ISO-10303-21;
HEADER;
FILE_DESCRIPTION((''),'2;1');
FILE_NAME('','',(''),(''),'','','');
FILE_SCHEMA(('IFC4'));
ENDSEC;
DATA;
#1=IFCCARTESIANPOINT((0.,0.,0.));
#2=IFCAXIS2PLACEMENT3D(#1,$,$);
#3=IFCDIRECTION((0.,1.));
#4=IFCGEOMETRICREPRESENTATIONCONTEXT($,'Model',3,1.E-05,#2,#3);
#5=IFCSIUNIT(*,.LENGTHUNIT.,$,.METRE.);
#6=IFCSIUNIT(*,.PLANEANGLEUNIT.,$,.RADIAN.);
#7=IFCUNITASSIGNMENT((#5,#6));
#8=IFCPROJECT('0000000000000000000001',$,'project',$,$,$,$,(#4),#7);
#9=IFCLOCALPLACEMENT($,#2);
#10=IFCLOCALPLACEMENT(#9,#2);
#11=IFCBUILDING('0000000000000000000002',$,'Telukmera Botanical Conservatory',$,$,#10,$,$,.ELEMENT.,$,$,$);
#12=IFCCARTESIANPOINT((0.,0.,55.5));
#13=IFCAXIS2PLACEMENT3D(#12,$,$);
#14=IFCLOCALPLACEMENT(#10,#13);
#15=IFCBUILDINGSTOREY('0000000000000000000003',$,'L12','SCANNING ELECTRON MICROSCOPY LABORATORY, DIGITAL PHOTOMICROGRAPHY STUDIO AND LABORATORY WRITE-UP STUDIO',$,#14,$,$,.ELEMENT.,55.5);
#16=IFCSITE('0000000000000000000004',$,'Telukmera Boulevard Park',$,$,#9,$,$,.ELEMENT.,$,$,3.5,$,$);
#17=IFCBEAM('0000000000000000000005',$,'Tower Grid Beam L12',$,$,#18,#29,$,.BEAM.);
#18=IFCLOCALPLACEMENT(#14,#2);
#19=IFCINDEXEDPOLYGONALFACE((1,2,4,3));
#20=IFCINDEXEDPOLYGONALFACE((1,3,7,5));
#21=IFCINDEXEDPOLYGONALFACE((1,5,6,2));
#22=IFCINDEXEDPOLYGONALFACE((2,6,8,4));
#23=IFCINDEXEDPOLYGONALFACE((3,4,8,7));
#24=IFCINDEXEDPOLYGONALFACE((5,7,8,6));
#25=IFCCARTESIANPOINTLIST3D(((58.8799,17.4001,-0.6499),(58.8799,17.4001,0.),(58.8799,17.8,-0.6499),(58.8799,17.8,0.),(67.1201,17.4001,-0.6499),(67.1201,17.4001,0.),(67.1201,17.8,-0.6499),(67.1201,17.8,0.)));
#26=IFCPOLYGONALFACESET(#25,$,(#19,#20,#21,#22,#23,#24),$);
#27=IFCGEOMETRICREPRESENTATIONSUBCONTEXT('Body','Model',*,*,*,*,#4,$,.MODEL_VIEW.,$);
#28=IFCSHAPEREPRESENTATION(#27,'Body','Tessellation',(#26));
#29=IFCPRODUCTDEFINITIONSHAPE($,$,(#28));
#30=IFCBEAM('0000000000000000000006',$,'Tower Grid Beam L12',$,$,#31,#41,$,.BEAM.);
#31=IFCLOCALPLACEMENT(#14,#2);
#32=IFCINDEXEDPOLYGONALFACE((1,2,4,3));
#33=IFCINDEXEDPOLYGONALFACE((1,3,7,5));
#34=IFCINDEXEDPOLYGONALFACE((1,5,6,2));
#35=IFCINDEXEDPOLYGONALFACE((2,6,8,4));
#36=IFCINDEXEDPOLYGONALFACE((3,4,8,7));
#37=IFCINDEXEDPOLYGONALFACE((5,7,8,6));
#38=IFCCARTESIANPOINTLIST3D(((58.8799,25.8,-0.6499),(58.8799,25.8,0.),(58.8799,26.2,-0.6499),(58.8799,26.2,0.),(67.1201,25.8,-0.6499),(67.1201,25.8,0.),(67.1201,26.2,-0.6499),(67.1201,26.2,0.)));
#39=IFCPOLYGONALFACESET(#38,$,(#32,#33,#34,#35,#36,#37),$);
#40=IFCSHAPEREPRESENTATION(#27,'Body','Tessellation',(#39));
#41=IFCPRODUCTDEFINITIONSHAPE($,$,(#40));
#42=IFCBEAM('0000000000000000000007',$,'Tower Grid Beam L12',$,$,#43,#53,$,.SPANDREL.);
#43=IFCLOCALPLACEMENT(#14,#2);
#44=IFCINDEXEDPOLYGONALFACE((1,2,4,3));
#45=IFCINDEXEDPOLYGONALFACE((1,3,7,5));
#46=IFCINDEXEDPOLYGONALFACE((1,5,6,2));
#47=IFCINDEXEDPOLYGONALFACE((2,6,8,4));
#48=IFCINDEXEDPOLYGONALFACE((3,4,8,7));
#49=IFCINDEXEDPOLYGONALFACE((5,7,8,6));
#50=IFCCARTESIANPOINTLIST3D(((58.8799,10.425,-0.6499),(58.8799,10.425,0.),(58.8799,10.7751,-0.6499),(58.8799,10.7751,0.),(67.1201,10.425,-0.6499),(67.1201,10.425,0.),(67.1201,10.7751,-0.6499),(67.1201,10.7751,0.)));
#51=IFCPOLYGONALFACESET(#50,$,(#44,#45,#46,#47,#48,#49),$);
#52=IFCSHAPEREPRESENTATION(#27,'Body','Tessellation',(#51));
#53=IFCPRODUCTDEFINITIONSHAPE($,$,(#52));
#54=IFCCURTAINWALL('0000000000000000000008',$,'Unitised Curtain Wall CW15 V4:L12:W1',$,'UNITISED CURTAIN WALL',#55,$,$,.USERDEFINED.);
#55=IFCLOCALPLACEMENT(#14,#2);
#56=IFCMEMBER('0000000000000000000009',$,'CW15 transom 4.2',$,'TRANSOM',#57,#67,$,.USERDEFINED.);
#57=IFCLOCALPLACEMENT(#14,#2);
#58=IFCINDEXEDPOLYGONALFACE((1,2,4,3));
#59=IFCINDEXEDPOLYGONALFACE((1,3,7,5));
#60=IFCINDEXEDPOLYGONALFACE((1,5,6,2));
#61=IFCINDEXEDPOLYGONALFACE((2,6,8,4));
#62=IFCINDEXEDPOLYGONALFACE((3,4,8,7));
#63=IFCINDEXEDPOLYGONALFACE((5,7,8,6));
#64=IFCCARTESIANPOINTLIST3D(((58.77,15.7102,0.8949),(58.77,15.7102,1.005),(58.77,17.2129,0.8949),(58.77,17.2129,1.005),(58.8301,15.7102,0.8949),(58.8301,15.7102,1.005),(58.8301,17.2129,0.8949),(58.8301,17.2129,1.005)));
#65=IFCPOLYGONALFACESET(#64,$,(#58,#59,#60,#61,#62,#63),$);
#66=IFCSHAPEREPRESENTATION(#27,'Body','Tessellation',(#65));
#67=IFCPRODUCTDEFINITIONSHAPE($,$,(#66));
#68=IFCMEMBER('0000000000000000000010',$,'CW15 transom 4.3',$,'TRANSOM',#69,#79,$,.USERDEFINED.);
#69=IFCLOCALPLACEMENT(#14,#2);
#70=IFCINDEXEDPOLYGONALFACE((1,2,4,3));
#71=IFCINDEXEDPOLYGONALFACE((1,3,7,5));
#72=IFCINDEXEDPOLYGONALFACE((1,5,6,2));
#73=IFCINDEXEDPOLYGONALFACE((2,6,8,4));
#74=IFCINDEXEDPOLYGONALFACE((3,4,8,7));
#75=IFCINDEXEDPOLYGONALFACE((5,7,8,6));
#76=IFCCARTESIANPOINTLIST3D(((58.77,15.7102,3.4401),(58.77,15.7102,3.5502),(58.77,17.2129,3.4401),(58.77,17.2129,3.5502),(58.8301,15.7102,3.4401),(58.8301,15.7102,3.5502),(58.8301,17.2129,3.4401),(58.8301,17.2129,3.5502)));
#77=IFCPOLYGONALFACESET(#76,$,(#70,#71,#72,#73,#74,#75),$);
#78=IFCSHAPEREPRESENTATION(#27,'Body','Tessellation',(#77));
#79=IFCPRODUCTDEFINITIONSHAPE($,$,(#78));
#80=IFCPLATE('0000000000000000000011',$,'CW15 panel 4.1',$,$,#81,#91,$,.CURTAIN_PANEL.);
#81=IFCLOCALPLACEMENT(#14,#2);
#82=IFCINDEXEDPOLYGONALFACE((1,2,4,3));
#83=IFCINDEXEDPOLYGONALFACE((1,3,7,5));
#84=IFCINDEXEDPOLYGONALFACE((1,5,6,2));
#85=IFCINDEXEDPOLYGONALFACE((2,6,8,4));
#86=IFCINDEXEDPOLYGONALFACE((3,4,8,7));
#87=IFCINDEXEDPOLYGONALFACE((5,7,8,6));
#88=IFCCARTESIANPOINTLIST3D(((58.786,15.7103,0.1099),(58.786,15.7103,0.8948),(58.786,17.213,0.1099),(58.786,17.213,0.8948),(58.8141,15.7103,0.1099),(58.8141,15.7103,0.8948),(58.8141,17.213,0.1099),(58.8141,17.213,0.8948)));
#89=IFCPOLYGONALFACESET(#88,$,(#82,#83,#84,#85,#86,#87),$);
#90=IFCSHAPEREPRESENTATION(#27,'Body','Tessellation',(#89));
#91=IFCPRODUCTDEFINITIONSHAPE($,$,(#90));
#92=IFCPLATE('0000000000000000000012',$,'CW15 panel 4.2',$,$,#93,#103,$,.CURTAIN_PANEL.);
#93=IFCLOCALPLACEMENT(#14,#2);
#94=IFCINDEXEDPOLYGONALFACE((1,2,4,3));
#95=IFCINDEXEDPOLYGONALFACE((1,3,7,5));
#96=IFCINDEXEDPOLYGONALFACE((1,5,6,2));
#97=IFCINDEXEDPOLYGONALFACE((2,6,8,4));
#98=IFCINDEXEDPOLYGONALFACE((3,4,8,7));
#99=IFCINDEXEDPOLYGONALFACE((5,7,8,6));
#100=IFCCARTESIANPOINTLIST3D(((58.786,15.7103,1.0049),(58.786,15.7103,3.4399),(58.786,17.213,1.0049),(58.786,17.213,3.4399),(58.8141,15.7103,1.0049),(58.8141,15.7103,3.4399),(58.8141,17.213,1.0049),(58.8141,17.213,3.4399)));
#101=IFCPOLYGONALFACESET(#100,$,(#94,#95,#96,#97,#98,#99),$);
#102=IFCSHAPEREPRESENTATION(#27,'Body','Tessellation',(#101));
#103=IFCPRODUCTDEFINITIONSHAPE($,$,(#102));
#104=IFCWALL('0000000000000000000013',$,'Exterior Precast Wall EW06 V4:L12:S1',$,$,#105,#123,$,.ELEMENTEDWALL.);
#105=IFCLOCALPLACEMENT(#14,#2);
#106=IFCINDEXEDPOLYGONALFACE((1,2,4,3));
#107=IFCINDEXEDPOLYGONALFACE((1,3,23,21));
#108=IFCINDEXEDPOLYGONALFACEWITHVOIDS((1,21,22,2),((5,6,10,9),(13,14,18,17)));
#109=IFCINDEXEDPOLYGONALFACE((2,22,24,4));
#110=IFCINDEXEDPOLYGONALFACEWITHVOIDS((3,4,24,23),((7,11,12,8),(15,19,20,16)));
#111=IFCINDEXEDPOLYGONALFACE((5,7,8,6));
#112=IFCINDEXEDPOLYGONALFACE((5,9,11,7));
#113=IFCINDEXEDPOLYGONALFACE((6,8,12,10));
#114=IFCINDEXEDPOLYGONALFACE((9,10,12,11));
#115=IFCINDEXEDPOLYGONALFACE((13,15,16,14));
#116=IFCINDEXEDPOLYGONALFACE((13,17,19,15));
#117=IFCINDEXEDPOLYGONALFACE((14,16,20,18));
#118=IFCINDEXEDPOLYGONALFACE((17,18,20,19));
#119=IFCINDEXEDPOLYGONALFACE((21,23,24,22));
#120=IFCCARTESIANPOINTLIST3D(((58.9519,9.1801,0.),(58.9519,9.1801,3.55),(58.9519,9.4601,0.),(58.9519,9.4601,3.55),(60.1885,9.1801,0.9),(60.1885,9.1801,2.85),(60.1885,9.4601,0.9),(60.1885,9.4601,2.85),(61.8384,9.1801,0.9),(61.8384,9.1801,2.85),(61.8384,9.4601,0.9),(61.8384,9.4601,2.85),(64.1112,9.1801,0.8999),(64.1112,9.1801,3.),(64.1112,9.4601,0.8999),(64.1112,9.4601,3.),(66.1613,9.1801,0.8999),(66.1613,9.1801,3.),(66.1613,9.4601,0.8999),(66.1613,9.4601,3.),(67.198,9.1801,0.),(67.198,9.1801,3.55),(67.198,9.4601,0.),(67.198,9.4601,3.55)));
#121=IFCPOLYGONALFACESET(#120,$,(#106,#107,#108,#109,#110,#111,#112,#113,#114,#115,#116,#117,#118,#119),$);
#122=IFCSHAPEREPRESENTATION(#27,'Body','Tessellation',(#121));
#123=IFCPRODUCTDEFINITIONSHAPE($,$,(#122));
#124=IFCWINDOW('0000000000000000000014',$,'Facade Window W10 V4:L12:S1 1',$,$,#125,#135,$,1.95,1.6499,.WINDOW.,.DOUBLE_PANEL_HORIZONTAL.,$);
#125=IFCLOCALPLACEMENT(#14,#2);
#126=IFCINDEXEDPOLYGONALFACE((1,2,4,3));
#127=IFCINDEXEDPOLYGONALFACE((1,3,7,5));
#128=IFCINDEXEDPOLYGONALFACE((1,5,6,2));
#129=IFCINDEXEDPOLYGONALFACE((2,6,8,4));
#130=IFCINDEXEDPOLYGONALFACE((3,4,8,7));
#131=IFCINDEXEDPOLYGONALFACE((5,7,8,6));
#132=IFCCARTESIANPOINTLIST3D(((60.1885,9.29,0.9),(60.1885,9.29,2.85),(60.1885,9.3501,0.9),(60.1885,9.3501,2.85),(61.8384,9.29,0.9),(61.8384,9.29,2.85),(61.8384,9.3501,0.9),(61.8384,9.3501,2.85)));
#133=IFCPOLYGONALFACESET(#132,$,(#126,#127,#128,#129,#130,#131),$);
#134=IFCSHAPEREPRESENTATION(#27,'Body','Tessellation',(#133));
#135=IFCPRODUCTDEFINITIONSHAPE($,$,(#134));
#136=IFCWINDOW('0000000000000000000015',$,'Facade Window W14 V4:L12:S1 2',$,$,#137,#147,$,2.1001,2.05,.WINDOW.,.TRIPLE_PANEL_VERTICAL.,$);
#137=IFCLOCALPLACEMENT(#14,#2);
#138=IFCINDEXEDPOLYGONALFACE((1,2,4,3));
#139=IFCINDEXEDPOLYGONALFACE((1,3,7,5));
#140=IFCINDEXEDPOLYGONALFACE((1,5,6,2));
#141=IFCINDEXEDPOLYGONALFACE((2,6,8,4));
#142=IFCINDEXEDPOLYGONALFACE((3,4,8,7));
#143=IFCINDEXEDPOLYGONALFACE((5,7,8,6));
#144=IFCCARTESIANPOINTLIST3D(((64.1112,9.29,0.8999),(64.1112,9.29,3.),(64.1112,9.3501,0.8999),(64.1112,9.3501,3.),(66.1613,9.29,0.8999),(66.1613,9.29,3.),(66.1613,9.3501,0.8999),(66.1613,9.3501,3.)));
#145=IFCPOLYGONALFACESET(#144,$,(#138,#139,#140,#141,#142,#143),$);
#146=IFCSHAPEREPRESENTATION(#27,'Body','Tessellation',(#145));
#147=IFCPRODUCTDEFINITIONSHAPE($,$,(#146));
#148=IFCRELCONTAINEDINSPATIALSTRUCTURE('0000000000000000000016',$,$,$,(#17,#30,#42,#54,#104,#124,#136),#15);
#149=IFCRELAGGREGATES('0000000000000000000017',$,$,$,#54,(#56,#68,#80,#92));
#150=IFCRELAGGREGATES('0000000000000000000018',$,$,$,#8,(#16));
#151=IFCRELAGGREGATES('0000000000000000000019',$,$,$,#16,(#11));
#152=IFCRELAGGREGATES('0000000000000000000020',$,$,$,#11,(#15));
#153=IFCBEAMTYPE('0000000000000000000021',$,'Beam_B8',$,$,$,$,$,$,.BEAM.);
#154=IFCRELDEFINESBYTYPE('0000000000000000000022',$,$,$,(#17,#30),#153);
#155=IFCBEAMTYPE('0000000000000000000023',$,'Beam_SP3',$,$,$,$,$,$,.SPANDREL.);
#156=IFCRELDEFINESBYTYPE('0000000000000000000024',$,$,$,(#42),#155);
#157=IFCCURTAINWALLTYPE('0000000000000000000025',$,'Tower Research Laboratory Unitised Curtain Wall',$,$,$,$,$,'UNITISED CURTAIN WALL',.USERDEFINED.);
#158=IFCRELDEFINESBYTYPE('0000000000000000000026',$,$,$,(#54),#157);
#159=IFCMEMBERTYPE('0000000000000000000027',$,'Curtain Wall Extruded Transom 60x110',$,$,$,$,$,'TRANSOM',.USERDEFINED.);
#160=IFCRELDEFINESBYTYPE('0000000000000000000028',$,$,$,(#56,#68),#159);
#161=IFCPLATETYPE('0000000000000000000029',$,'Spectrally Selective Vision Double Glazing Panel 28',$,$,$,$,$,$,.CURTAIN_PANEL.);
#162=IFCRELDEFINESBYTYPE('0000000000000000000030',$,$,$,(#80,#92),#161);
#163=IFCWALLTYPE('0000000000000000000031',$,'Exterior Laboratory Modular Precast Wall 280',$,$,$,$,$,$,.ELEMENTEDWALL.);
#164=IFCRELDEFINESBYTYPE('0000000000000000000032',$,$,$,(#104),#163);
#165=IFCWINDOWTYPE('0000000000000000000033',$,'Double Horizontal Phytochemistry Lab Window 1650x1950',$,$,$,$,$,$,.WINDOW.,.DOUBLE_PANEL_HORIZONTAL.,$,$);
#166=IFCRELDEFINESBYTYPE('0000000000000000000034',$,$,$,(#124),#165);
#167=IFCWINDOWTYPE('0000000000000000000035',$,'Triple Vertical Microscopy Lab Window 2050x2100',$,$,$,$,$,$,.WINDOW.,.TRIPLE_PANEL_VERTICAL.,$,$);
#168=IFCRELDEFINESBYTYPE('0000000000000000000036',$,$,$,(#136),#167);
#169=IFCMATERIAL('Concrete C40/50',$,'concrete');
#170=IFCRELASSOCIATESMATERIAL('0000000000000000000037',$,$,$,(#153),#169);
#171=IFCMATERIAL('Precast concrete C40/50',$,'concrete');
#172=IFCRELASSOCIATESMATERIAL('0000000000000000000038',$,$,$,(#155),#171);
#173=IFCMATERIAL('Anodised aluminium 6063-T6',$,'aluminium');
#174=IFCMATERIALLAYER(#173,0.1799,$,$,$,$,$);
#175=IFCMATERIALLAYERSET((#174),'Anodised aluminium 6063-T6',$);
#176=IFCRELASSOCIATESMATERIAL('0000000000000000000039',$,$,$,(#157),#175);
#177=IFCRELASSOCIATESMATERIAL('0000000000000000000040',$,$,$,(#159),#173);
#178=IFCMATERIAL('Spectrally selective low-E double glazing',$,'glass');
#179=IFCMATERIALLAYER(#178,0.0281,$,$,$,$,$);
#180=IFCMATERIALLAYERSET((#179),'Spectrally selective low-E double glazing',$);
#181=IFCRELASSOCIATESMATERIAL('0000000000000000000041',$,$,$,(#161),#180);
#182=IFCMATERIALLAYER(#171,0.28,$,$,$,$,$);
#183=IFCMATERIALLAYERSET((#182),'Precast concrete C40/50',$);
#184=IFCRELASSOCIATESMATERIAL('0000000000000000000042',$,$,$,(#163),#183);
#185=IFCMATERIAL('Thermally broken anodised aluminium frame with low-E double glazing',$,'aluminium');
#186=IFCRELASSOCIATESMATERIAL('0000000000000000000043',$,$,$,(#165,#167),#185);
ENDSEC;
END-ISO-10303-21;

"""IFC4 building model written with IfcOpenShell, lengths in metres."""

from ifc_helpers import new_model, si_unit, direction, frame, frame_2d, origin, origin_2d, place, context, subcontext, project, spatial, rectangle, extrude, material, layer, layer_set, material_profile, profile_set, type_object, element, fill, aggregate, save


model = new_model("IFC4")

# Units and contexts
model_context = context("Model", 3, precision=1e-05, world=origin(), true_north=direction((0.0, 1.0)))
body_context = subcontext(model_context, "Body", "Model", "MODEL_VIEW")
ifc_project = project(units=[si_unit("LENGTHUNIT", "METRE"), si_unit("PLANEANGLEUNIT", "RADIAN")], contexts=[model_context])

# Site, building, storey
site_placement = place(None, origin())
site = spatial("IfcSite", under=ifc_project, at=site_placement, Name="Telukmera Boulevard Park", CompositionType="ELEMENT", RefElevation=3.5)
building_placement = place(site_placement, origin())
building = spatial("IfcBuilding", under=site, at=building_placement, Name="Telukmera Botanical Conservatory", CompositionType="ELEMENT")
storey_placement = place(building_placement, frame((0.0, 0.0, 55.5)))
storey = spatial("IfcBuildingStorey", under=building, at=storey_placement, Name="L12", Description="SCANNING ELECTRON MICROSCOPY LABORATORY, DIGITAL PHOTOMICROGRAPHY STUDIO AND LABORATORY WRITE-UP STUDIO", CompositionType="ELEMENT", Elevation=55.5)

# Beams
ifc_material_1 = material(Name="Concrete C40/50", Category="concrete")
ifc_material_profile_1 = material_profile(ifc_material_1, rectangle(XDim=0.3999, YDim=0.6499, at=origin_2d()), Name="RC 400x650")
ifc_profile_set_1 = profile_set([ifc_material_profile_1], Name="Concrete C40/50")
beam_type_1 = type_object("IfcBeamType", Name="Beam_B8", PredefinedType="BEAM", material=ifc_profile_set_1)
for number, where, z_axis, x_axis, name in (
    (1, (58.8799, 17.6001, -0.325), (1.0, 0.0, 0.0), (0.0, 1.0, 0.0), "Tower Grid Beam L12"),
    (2, (58.8799, 26.0, -0.325), (1.0, 0.0, 0.0), (0.0, 1.0, 0.0), "Tower Grid Beam L12"),
):
    element("IfcBeam", number, at=place(storey_placement, frame(where, z_axis=z_axis, x_axis=x_axis)), inside=storey, type_object=beam_type_1, Name=name, PredefinedType="BEAM", context=body_context, shape_type="SweptSolid", body=[
        extrude(rectangle(XDim=0.3999, YDim=0.6499, at=origin_2d()), origin(), (0.0, 0.0, 1.0), 8.2402),
    ])
ifc_material_2 = material(Name="Precast concrete C40/50", Category="concrete")
ifc_material_profile_2 = material_profile(ifc_material_2, rectangle(XDim=0.3501, YDim=0.6499, at=origin_2d()), Name="PC 350x650")
ifc_profile_set_2 = profile_set([ifc_material_profile_2], Name="Precast concrete C40/50")
beam_type_2 = type_object("IfcBeamType", Name="Beam_SP3", PredefinedType="SPANDREL", material=ifc_profile_set_2)
beam_placement = place(storey_placement, frame((58.8799, 10.6001, -0.325), z_axis=(1.0, 0.0, 0.0), x_axis=(0.0, 1.0, 0.0)))
element("IfcBeam", 3, at=beam_placement, inside=storey, type_object=beam_type_2, Name="Tower Grid Beam L12", PredefinedType="SPANDREL", context=body_context, shape_type="SweptSolid", body=[
    extrude(rectangle(XDim=0.3501, YDim=0.6499, at=origin_2d()), origin(), (0.0, 0.0, 1.0), 8.2402),
])

# Curtain wall, members, plates
ifc_material_3 = material(Name="Anodised aluminium 6063-T6", Category="aluminium")
ifc_layer_1 = layer(ifc_material_3, 0.1799)
ifc_layer_set_1 = layer_set([ifc_layer_1], Name="Anodised aluminium 6063-T6")
curtain_wall_type = type_object("IfcCurtainWallType", Name="Tower Research Laboratory Unitised Curtain Wall", ElementType="UNITISED CURTAIN WALL", PredefinedType="USERDEFINED", material=ifc_layer_set_1)
curtain_wall_placement = place(storey_placement, origin())
curtain_wall = element("IfcCurtainWall", 4, at=curtain_wall_placement, inside=storey, type_object=curtain_wall_type, Name="Unitised Curtain Wall CW15 V4:L12:W1", ObjectType="UNITISED CURTAIN WALL", PredefinedType="USERDEFINED")
ifc_material_profile_3 = material_profile(ifc_material_3, rectangle(XDim=0.0601, YDim=0.1101, at=origin_2d()), Name="ALU TRAN 60x110")
ifc_profile_set_3 = profile_set([ifc_material_profile_3], Name="Anodised aluminium 6063-T6")
member_type = type_object("IfcMemberType", Name="Curtain Wall Extruded Transom 60x110", ElementType="TRANSOM", PredefinedType="USERDEFINED", material=ifc_profile_set_3)
member_1_placement = place(storey_placement, frame((58.8, 15.7102, 0.95), z_axis=(0.0, 1.0, 0.0), x_axis=(-1.0, 0.0, 0.0)))
member_1 = element("IfcMember", 5, at=member_1_placement, type_object=member_type, Name="CW15 transom 4.2", ObjectType="TRANSOM", PredefinedType="USERDEFINED", context=body_context, shape_type="SweptSolid", body=[
    extrude(rectangle(XDim=0.0601, YDim=0.1101, at=origin_2d()), origin(), (0.0, 0.0, 1.0), 1.5027),
])
member_2_placement = place(storey_placement, frame((58.8, 15.7102, 3.4951), z_axis=(0.0, 1.0, 0.0), x_axis=(-1.0, 0.0, 0.0)))
member_2 = element("IfcMember", 6, at=member_2_placement, type_object=member_type, Name="CW15 transom 4.3", ObjectType="TRANSOM", PredefinedType="USERDEFINED", context=body_context, shape_type="SweptSolid", body=[
    extrude(rectangle(XDim=0.0601, YDim=0.1101, at=origin_2d()), origin(), (0.0, 0.0, 1.0), 1.5027),
])
ifc_material_4 = material(Name="Spectrally selective low-E double glazing", Category="glass")
ifc_layer_2 = layer(ifc_material_4, 0.0281)
ifc_layer_set_2 = layer_set([ifc_layer_2], Name="Spectrally selective low-E double glazing")
plate_type = type_object("IfcPlateType", Name="Spectrally Selective Vision Double Glazing Panel 28", PredefinedType="CURTAIN_PANEL", material=ifc_layer_set_2)
plate_1_placement = place(storey_placement, frame((58.8, 16.4617, 0.1099), z_axis=(0.0, 0.0, 1.0), x_axis=(0.0, 1.0, 0.0)))
plate_1 = element("IfcPlate", 7, at=plate_1_placement, type_object=plate_type, Name="CW15 panel 4.1", PredefinedType="CURTAIN_PANEL", context=body_context, shape_type="SweptSolid", body=[
    extrude(rectangle(XDim=1.5027, YDim=0.0281, at=origin_2d()), origin(), (0.0, 0.0, 1.0), 0.7849),
])
plate_2_placement = place(storey_placement, frame((58.8, 16.4617, 1.0049), z_axis=(0.0, 0.0, 1.0), x_axis=(0.0, 1.0, 0.0)))
plate_2 = element("IfcPlate", 8, at=plate_2_placement, type_object=plate_type, Name="CW15 panel 4.2", PredefinedType="CURTAIN_PANEL", context=body_context, shape_type="SweptSolid", body=[
    extrude(rectangle(XDim=1.5027, YDim=0.0281, at=origin_2d()), origin(), (0.0, 0.0, 1.0), 2.4351),
])
aggregate(curtain_wall, [member_1, member_2, plate_1, plate_2])

# Wall, openings, windows
ifc_layer_3 = layer(ifc_material_2, 0.28)
ifc_layer_set_3 = layer_set([ifc_layer_3], Name="Precast concrete C40/50")
wall_type_1 = type_object("IfcWallType", Name="Exterior Laboratory Modular Precast Wall 280", PredefinedType="ELEMENTEDWALL", material=ifc_layer_set_3)
wall_1_placement = place(storey_placement, frame((58.9519, 9.3201, 0.0), z_axis=(0.0, 0.0, 1.0), x_axis=(1.0, 0.0, 0.0)))
wall_1 = element("IfcWall", 9, at=wall_1_placement, inside=storey, type_object=wall_type_1, Name="Exterior Precast Wall EW06 V4:L12:S1", PredefinedType="ELEMENTEDWALL", context=body_context, shape_type="SweptSolid", body=[
    extrude(rectangle(XDim=8.2461, YDim=0.28, at=frame_2d((4.123, 0.0))), origin(), (0.0, 0.0, 1.0), 3.55),
])
opening_1_placement = place(wall_1_placement, frame((1.2366, 0.0, 0.8999)))
opening_1 = element("IfcOpeningElement", 10, at=opening_1_placement, cuts=wall_1, PredefinedType="OPENING", context=body_context, shape_type="SweptSolid", body=[
    extrude(rectangle(XDim=1.6499, YDim=1.95, at=frame_2d((0.825, 0.9751))), frame((0.0, 0.1499, 0.0), z_axis=(0.0, -1.0, 0.0), x_axis=(1.0, 0.0, 0.0)), (0.0, 0.0, 1.0), 0.3),
])
opening_2_placement = place(wall_1_placement, frame((5.1594, 0.0, 0.8999)))
opening_2 = element("IfcOpeningElement", 11, at=opening_2_placement, cuts=wall_1, PredefinedType="OPENING", context=body_context, shape_type="SweptSolid", body=[
    extrude(rectangle(XDim=2.05, YDim=2.1001, at=frame_2d((1.0249, 1.05))), frame((0.0, 0.1499, 0.0), z_axis=(0.0, -1.0, 0.0), x_axis=(1.0, 0.0, 0.0)), (0.0, 0.0, 1.0), 0.3),
])
ifc_material_5 = material(Name="Thermally broken anodised aluminium frame with low-E double glazing", Category="aluminium")
window_type_1 = type_object("IfcWindowType", Name="Double Horizontal Phytochemistry Lab Window 1650x1950", PartitioningType="DOUBLE_PANEL_HORIZONTAL", PredefinedType="WINDOW", material=ifc_material_5)
window_1_placement = place(opening_1_placement, origin())
window_1 = element("IfcWindow", 12, at=window_1_placement, inside=storey, type_object=window_type_1, Name="Facade Window W10 V4:L12:S1 1", OverallHeight=1.95, OverallWidth=1.6499, PartitioningType="DOUBLE_PANEL_HORIZONTAL", PredefinedType="WINDOW", context=body_context, shape_type="SweptSolid", body=[
    extrude(rectangle(XDim=1.6499, YDim=1.95, at=frame_2d((0.825, 0.9751))), frame((0.0, 0.03, 0.0), z_axis=(0.0, -1.0, 0.0), x_axis=(1.0, 0.0, 0.0)), (0.0, 0.0, 1.0), 0.0601),
])
fill(opening_1, window_1)
window_type_2 = type_object("IfcWindowType", Name="Triple Vertical Microscopy Lab Window 2050x2100", PartitioningType="TRIPLE_PANEL_VERTICAL", PredefinedType="WINDOW", material=ifc_material_5)
window_2_placement = place(opening_2_placement, origin())
window_2 = element("IfcWindow", 13, at=window_2_placement, inside=storey, type_object=window_type_2, Name="Facade Window W14 V4:L12:S1 2", OverallHeight=2.1001, OverallWidth=2.05, PartitioningType="TRIPLE_PANEL_VERTICAL", PredefinedType="WINDOW", context=body_context, shape_type="SweptSolid", body=[
    extrude(rectangle(XDim=2.05, YDim=2.1001, at=frame_2d((1.0249, 1.05))), frame((0.0, 0.03, 0.0), z_axis=(0.0, -1.0, 0.0), x_axis=(1.0, 0.0, 0.0)), (0.0, 0.0, 1.0), 0.0601),
])
fill(opening_2, window_2)

save(model, "model.ifc")
